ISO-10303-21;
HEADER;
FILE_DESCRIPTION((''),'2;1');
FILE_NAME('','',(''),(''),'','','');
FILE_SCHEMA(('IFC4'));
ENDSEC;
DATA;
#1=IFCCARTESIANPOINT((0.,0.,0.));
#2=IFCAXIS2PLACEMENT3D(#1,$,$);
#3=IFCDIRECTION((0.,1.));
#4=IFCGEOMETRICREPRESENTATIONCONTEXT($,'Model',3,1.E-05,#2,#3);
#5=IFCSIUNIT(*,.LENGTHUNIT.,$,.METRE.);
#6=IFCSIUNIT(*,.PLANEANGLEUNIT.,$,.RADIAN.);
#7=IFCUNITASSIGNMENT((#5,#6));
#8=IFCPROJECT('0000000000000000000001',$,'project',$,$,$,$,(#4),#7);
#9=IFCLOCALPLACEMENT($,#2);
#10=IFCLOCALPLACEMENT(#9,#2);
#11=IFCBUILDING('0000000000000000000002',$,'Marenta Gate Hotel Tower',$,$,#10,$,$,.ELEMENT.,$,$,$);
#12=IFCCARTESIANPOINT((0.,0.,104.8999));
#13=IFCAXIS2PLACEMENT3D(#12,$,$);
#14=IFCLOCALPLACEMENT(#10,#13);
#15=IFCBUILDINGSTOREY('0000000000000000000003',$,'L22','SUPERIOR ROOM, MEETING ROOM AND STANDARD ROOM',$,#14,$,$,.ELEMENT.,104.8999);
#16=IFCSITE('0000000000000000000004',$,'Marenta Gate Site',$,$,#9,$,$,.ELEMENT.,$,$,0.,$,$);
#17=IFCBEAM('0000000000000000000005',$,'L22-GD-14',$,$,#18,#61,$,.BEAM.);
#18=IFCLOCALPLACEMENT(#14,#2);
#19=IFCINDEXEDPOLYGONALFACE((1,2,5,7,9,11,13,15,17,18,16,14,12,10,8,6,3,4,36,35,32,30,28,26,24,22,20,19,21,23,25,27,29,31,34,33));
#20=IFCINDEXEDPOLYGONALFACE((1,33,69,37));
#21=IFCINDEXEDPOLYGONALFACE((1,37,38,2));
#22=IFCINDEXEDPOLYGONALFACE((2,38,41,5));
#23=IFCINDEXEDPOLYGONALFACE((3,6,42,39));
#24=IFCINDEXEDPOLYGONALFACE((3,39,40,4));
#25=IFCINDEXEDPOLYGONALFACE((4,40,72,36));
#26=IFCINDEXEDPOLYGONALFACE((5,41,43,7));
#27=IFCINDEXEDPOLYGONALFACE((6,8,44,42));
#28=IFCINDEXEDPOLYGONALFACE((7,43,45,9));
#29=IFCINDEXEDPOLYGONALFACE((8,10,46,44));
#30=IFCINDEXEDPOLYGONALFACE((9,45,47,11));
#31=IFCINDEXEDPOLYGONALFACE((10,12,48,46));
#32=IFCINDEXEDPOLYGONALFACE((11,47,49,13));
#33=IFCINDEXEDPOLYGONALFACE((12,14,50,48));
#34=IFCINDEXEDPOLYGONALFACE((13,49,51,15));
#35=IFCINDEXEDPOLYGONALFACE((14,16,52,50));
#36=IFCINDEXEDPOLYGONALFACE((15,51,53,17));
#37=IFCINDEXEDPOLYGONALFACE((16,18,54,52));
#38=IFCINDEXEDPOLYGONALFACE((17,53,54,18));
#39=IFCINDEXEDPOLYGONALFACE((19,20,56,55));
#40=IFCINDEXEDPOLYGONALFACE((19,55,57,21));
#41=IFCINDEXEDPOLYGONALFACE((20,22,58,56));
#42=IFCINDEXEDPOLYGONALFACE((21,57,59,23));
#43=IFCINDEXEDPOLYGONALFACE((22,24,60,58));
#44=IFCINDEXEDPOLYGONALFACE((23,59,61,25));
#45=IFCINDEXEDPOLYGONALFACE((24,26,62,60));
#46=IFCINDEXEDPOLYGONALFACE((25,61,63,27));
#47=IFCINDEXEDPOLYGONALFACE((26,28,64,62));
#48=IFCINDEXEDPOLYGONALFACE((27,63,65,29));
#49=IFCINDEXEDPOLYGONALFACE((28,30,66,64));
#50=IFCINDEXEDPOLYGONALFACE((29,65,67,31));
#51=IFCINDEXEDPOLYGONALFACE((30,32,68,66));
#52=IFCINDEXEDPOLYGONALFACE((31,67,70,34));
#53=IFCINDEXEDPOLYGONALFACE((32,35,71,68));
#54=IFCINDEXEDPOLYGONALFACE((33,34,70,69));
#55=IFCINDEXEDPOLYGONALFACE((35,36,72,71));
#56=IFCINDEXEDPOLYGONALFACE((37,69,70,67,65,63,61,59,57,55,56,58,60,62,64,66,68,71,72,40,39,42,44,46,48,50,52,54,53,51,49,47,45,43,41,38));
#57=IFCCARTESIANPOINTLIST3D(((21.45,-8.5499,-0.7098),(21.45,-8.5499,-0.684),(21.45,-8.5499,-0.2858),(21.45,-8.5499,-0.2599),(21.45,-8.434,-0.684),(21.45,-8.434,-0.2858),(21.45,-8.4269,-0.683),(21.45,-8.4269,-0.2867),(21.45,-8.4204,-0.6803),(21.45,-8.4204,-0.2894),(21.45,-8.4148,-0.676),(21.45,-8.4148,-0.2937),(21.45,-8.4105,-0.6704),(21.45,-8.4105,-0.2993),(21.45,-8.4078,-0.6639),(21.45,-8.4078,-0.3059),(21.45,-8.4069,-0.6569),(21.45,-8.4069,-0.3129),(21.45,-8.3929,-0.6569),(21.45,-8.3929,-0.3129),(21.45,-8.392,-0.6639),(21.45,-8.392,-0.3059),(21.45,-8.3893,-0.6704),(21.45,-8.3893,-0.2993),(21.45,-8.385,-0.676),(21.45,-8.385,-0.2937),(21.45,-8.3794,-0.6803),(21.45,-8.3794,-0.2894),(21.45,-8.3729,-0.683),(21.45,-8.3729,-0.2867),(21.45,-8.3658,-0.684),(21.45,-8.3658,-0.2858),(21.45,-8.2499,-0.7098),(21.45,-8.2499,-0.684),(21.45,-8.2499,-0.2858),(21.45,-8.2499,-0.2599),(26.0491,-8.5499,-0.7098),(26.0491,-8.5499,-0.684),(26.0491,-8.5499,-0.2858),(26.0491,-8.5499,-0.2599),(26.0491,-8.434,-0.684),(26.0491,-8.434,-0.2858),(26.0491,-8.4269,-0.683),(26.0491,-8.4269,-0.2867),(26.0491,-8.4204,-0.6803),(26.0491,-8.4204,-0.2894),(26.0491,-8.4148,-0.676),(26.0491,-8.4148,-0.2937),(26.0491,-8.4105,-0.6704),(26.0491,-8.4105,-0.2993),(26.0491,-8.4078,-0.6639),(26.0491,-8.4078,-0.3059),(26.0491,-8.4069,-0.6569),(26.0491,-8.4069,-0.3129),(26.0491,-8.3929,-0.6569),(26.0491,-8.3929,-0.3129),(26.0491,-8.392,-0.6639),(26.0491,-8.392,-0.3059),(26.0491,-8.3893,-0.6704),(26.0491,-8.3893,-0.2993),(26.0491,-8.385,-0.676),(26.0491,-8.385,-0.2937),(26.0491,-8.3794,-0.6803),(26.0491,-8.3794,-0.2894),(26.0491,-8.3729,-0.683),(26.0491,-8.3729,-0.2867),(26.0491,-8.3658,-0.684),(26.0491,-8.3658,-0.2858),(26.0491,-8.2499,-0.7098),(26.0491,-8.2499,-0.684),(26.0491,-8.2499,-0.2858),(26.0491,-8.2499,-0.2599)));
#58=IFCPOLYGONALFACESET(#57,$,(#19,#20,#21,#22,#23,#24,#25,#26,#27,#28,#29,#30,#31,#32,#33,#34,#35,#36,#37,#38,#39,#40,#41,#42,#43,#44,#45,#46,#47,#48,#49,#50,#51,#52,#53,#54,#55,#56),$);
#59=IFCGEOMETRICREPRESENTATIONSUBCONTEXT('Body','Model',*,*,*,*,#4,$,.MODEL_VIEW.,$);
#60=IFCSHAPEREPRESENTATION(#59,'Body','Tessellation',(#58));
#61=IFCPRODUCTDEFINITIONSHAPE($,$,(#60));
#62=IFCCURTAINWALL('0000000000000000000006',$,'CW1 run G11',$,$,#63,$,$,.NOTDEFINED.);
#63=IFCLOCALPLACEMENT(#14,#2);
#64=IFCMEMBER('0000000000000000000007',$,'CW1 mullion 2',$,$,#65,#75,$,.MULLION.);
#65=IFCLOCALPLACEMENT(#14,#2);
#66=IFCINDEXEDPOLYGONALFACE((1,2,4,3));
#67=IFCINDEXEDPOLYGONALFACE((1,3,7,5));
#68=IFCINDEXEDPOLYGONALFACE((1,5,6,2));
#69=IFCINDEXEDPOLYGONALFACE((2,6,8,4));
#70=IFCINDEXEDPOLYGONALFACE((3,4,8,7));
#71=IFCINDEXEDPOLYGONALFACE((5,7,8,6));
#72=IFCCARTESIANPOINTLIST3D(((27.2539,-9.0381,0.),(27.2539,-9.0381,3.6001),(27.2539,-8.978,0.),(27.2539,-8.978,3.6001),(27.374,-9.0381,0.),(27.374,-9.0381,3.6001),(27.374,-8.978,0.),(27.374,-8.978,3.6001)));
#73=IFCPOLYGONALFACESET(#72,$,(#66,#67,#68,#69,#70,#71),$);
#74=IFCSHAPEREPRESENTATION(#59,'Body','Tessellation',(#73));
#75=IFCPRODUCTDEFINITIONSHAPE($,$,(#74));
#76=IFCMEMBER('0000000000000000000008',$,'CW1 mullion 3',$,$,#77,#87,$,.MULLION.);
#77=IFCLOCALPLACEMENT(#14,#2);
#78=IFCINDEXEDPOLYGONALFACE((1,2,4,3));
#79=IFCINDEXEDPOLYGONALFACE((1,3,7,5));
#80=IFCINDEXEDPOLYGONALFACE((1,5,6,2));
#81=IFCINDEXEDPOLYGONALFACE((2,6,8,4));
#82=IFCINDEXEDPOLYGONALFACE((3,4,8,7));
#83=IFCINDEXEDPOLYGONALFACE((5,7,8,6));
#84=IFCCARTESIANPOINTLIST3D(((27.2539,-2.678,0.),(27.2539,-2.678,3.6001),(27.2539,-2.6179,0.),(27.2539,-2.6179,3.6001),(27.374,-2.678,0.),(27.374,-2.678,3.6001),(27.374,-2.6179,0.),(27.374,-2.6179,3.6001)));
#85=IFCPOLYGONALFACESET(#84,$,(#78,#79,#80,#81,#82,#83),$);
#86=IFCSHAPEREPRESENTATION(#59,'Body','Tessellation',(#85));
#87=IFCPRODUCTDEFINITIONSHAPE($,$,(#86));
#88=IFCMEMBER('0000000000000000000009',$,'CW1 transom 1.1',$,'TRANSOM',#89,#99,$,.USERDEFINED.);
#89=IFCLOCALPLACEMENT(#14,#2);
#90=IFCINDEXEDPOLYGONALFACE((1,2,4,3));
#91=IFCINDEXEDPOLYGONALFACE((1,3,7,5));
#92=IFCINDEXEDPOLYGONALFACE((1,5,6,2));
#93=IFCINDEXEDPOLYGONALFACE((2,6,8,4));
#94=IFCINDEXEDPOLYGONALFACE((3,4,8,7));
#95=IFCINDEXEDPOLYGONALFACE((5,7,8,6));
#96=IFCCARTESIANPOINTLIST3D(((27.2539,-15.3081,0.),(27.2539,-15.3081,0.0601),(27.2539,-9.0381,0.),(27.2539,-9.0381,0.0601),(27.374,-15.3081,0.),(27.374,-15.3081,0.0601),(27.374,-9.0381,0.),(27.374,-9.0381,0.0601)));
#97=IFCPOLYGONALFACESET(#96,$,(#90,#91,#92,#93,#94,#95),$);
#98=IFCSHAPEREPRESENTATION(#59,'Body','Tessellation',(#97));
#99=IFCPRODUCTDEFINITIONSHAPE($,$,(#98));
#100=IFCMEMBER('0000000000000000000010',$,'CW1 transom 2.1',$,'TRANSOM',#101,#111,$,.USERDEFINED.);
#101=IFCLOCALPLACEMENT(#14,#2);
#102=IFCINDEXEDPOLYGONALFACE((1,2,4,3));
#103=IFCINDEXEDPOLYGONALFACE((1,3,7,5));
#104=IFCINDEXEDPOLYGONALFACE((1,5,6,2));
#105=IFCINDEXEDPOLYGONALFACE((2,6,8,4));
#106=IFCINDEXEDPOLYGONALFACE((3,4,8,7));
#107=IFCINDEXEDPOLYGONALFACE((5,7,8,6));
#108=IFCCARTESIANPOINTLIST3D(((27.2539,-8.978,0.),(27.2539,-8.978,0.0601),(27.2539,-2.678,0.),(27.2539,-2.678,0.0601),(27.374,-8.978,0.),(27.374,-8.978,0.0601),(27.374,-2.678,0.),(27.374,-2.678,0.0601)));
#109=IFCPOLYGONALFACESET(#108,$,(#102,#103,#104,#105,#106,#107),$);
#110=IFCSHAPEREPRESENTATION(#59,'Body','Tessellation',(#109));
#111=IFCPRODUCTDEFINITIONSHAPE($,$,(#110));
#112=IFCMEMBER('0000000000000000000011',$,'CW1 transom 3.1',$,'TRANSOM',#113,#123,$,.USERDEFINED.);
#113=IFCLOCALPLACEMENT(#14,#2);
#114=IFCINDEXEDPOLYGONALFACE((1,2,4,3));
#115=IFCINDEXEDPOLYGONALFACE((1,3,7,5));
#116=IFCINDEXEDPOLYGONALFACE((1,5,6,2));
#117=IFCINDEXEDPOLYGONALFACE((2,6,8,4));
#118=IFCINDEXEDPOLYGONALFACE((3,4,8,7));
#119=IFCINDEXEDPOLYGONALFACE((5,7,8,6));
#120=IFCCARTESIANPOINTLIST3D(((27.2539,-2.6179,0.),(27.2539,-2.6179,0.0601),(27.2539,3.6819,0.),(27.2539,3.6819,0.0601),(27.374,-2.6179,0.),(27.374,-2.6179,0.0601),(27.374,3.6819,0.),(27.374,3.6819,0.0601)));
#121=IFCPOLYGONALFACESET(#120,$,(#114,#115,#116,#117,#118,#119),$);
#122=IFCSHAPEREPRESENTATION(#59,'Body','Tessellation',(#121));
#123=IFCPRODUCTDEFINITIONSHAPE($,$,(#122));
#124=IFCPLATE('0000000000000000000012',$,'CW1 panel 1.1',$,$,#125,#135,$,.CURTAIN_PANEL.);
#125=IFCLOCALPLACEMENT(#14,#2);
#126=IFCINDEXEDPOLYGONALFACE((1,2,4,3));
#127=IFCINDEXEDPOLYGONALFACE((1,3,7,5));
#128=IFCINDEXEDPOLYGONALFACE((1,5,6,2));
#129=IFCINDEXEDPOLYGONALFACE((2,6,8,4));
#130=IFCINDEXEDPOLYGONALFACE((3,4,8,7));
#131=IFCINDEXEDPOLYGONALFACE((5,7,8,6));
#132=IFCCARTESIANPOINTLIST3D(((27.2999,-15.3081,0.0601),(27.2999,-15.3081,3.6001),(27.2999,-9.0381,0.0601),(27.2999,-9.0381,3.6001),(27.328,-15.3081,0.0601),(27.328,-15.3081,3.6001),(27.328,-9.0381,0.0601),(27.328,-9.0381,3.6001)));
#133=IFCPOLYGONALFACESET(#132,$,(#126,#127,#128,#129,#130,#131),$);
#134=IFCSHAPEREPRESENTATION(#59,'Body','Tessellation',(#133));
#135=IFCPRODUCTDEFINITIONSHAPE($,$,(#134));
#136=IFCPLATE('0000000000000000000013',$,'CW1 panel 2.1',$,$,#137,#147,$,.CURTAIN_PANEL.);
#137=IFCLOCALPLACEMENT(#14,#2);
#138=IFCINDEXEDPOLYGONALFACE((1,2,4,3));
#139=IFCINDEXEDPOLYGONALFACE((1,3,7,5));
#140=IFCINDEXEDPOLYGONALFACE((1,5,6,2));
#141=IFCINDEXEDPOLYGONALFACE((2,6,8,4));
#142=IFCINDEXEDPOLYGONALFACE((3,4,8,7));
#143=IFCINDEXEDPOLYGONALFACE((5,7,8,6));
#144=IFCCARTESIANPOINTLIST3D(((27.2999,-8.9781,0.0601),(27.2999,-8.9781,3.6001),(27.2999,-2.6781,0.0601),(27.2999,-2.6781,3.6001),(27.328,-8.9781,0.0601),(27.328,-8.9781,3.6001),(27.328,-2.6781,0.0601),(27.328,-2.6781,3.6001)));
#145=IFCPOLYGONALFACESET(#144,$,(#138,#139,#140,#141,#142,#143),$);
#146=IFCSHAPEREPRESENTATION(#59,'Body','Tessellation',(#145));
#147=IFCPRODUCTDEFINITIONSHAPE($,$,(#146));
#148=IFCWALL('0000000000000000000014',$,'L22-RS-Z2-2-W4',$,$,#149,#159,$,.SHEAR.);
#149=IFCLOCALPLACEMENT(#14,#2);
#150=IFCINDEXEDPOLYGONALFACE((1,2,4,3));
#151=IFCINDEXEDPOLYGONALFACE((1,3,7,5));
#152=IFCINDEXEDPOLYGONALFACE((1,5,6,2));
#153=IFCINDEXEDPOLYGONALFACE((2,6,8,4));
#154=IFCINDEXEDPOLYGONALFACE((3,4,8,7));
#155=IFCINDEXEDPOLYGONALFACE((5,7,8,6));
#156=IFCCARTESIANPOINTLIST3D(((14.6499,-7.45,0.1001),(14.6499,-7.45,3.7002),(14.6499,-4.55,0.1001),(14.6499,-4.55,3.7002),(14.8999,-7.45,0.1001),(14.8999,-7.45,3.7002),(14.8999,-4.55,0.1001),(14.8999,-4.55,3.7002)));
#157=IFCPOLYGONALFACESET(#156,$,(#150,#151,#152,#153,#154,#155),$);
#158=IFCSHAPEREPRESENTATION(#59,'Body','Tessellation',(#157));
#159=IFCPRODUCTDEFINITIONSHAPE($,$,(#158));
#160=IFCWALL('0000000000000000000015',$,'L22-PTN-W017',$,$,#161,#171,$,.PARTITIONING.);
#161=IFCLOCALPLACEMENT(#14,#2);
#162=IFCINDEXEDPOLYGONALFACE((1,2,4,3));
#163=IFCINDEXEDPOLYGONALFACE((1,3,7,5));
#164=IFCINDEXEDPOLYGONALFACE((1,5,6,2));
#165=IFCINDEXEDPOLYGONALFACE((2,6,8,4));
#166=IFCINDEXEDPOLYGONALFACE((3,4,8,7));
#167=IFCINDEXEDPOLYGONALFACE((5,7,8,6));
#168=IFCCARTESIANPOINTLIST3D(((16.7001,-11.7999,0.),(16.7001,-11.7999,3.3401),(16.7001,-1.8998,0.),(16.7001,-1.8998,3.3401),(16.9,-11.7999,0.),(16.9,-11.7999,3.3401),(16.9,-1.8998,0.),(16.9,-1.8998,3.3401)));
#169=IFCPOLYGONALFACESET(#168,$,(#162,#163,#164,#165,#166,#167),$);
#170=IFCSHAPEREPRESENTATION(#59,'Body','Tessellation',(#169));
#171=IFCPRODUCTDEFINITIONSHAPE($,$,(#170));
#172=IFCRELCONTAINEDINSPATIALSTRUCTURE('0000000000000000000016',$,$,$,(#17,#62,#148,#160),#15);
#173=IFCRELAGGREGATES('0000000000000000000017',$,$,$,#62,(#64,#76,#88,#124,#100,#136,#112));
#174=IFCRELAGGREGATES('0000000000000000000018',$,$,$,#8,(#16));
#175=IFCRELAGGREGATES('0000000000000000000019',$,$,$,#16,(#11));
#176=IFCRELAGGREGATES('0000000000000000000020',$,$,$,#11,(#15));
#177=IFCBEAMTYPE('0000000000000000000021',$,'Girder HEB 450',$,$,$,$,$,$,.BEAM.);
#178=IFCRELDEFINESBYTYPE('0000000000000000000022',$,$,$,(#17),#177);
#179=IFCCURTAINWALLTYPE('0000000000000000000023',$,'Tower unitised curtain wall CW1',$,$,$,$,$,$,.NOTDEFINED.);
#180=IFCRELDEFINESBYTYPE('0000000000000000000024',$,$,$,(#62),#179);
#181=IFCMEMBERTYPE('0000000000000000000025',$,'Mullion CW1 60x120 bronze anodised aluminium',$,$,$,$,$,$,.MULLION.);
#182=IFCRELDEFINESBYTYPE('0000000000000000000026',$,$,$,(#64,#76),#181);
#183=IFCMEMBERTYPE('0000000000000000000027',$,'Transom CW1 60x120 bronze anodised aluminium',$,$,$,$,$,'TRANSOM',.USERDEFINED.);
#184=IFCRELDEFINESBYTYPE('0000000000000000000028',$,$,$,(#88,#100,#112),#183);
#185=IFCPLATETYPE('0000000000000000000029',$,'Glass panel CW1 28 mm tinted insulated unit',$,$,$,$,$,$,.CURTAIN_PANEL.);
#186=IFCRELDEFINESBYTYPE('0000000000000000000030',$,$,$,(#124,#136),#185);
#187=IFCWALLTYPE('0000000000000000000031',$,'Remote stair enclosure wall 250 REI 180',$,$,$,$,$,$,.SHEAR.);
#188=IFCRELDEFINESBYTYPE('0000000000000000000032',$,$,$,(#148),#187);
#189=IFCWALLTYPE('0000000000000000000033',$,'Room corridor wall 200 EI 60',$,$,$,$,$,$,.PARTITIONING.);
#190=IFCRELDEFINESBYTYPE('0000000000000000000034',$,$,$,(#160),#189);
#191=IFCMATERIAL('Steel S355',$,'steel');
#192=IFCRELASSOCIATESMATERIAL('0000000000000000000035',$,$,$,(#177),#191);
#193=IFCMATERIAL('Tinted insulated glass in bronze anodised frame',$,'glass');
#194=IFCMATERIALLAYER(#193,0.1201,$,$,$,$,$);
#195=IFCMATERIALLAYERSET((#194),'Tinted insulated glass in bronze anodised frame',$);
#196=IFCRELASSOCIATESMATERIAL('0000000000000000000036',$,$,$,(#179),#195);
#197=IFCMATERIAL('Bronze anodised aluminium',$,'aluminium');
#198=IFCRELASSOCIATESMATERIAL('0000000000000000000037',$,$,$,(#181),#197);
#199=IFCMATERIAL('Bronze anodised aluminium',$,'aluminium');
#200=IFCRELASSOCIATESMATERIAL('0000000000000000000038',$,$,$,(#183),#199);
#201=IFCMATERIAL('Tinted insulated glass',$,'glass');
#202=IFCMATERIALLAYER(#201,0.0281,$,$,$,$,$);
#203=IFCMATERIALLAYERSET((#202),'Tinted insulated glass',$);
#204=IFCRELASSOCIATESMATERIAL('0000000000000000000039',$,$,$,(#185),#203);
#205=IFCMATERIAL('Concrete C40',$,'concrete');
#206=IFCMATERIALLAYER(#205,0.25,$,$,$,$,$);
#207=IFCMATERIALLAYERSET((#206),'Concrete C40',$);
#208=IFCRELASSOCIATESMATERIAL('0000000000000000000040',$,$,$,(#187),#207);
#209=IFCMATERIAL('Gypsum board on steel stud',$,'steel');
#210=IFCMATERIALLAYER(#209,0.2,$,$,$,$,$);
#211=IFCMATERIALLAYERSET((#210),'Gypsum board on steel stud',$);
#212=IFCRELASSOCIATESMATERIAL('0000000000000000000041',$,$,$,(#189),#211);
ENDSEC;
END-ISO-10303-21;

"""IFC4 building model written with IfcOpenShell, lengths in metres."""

from ifc_helpers import new_model, si_unit, direction, frame, frame_2d, origin, origin_2d, place, context, subcontext, project, spatial, rectangle, i_section, extrude, material, layer, layer_set, material_profile, profile_set, type_object, element, aggregate, save


model = new_model("IFC4")

# Units and contexts
model_context = context("Model", 3, precision=1e-05, world=origin(), true_north=direction((0.0, 1.0)))
body_context = subcontext(model_context, "Body", "Model", "MODEL_VIEW")
ifc_project = project(units=[si_unit("LENGTHUNIT", "METRE"), si_unit("PLANEANGLEUNIT", "RADIAN")], contexts=[model_context])

# Site, building, storey
site_placement = place(None, origin())
site = spatial("IfcSite", under=ifc_project, at=site_placement, Name="Marenta Gate Site", CompositionType="ELEMENT", RefElevation=0.0)
building_placement = place(site_placement, origin())
building = spatial("IfcBuilding", under=site, at=building_placement, Name="Marenta Gate Hotel Tower", CompositionType="ELEMENT")
storey_placement = place(building_placement, frame((0.0, 0.0, 104.8999)))
storey = spatial("IfcBuildingStorey", under=building, at=storey_placement, Name="L22", Description="SUPERIOR ROOM, MEETING ROOM AND STANDARD ROOM", CompositionType="ELEMENT", Elevation=104.8999)

# Beam
ifc_material_1 = material(Name="Steel S355", Category="steel")
ifc_material_profile_1 = material_profile(ifc_material_1, i_section(OverallWidth=0.3, OverallDepth=0.45, WebThickness=0.0139, FlangeThickness=0.0259, FilletRadius=0.0271, at=origin_2d()), Name="HEB 450")
ifc_profile_set_1 = profile_set([ifc_material_profile_1], Name="Steel S355")
beam_type_1 = type_object("IfcBeamType", Name="Girder HEB 450", PredefinedType="BEAM", material=ifc_profile_set_1)
beam_1_placement = place(storey_placement, frame((21.45, -8.3999, -0.4849), z_axis=(1.0, 0.0, 0.0), x_axis=(0.0, 1.0, 0.0)))
element("IfcBeam", 1, at=beam_1_placement, inside=storey, type_object=beam_type_1, Name="L22-GD-14", PredefinedType="BEAM", context=body_context, shape_type="SweptSolid", body=[
    extrude(i_section(OverallWidth=0.3, OverallDepth=0.45, WebThickness=0.0139, FlangeThickness=0.0259, FilletRadius=0.0271, at=origin_2d()), origin(), (0.0, 0.0, 1.0), 4.5991),
])

# Curtain wall, members, plates
ifc_material_2 = material(Name="Tinted insulated glass in bronze anodised frame", Category="glass")
ifc_layer_1 = layer(ifc_material_2, 0.1201)
ifc_layer_set_1 = layer_set([ifc_layer_1], Name="Tinted insulated glass in bronze anodised frame")
curtain_wall_type = type_object("IfcCurtainWallType", Name="Tower unitised curtain wall CW1", PredefinedType="NOTDEFINED", material=ifc_layer_set_1)
curtain_wall_placement = place(storey_placement, origin())
curtain_wall = element("IfcCurtainWall", 2, at=curtain_wall_placement, inside=storey, type_object=curtain_wall_type, Name="CW1 run G11", PredefinedType="NOTDEFINED")
ifc_material_3 = material(Name="Bronze anodised aluminium", Category="aluminium")
ifc_material_profile_2 = material_profile(ifc_material_3, rectangle(XDim=0.1201, YDim=0.0601, at=origin_2d()), Name="Mullion CW1 60x120 bronze anodised aluminium")
ifc_profile_set_2 = profile_set([ifc_material_profile_2], Name="Bronze anodised aluminium")
member_type_1 = type_object("IfcMemberType", Name="Mullion CW1 60x120 bronze anodised aluminium", PredefinedType="MULLION", material=ifc_profile_set_2)
member_1_placement = place(storey_placement, frame((27.314, -9.0081, 0.0), z_axis=(0.0, 0.0, 1.0), x_axis=(-1.0, 0.0, 0.0)))
member_1 = element("IfcMember", 3, at=member_1_placement, type_object=member_type_1, Name="CW1 mullion 2", PredefinedType="MULLION", context=body_context, shape_type="SweptSolid", body=[
    extrude(rectangle(XDim=0.1201, YDim=0.0601, at=origin_2d()), origin(), (0.0, 0.0, 1.0), 3.6001),
])
member_2_placement = place(storey_placement, frame((27.314, -2.6479, 0.0), z_axis=(0.0, 0.0, 1.0), x_axis=(-1.0, 0.0, 0.0)))
member_2 = element("IfcMember", 4, at=member_2_placement, type_object=member_type_1, Name="CW1 mullion 3", PredefinedType="MULLION", context=body_context, shape_type="SweptSolid", body=[
    extrude(rectangle(XDim=0.1201, YDim=0.0601, at=origin_2d()), origin(), (0.0, 0.0, 1.0), 3.6001),
])
ifc_material_4 = material(Name="Bronze anodised aluminium", Category="aluminium")
ifc_material_profile_3 = material_profile(ifc_material_4, rectangle(XDim=0.1201, YDim=0.0601, at=origin_2d()), Name="Transom CW1 60x120 bronze anodised aluminium")
ifc_profile_set_3 = profile_set([ifc_material_profile_3], Name="Bronze anodised aluminium")
member_type_2 = type_object("IfcMemberType", Name="Transom CW1 60x120 bronze anodised aluminium", ElementType="TRANSOM", PredefinedType="USERDEFINED", material=ifc_profile_set_3)
member_3_placement = place(storey_placement, frame((27.314, -15.3081, 0.03), z_axis=(0.0, 1.0, 0.0), x_axis=(-1.0, 0.0, 0.0)))
member_3 = element("IfcMember", 5, at=member_3_placement, type_object=member_type_2, Name="CW1 transom 1.1", ObjectType="TRANSOM", PredefinedType="USERDEFINED", context=body_context, shape_type="SweptSolid", body=[
    extrude(rectangle(XDim=0.1201, YDim=0.0601, at=origin_2d()), origin(), (0.0, 0.0, 1.0), 6.27),
])
member_4_placement = place(storey_placement, frame((27.314, -8.978, 0.03), z_axis=(0.0, 1.0, 0.0), x_axis=(-1.0, 0.0, 0.0)))
member_4 = element("IfcMember", 6, at=member_4_placement, type_object=member_type_2, Name="CW1 transom 2.1", ObjectType="TRANSOM", PredefinedType="USERDEFINED", context=body_context, shape_type="SweptSolid", body=[
    extrude(rectangle(XDim=0.1201, YDim=0.0601, at=origin_2d()), origin(), (0.0, 0.0, 1.0), 6.3),
])
member_5_placement = place(storey_placement, frame((27.314, -2.6179, 0.03), z_axis=(0.0, 1.0, 0.0), x_axis=(-1.0, 0.0, 0.0)))
member_5 = element("IfcMember", 7, at=member_5_placement, type_object=member_type_2, Name="CW1 transom 3.1", ObjectType="TRANSOM", PredefinedType="USERDEFINED", context=body_context, shape_type="SweptSolid", body=[
    extrude(rectangle(XDim=0.1201, YDim=0.0601, at=origin_2d()), origin(), (0.0, 0.0, 1.0), 6.2998),
])
ifc_material_5 = material(Name="Tinted insulated glass", Category="glass")
ifc_layer_2 = layer(ifc_material_5, 0.0281)
ifc_layer_set_2 = layer_set([ifc_layer_2], Name="Tinted insulated glass")
plate_type = type_object("IfcPlateType", Name="Glass panel CW1 28 mm tinted insulated unit", PredefinedType="CURTAIN_PANEL", material=ifc_layer_set_2)
plate_1_placement = place(storey_placement, frame((27.314, -12.1731, 0.0601), z_axis=(0.0, 0.0, 1.0), x_axis=(0.0, 1.0, 0.0)))
plate_1 = element("IfcPlate", 8, at=plate_1_placement, type_object=plate_type, Name="CW1 panel 1.1", PredefinedType="CURTAIN_PANEL", context=body_context, shape_type="SweptSolid", body=[
    extrude(rectangle(XDim=6.27, YDim=0.0281, at=origin_2d()), origin(), (0.0, 0.0, 1.0), 3.54),
])
plate_2_placement = place(storey_placement, frame((27.314, -5.8281, 0.0601), z_axis=(0.0, 0.0, 1.0), x_axis=(0.0, 1.0, 0.0)))
plate_2 = element("IfcPlate", 9, at=plate_2_placement, type_object=plate_type, Name="CW1 panel 2.1", PredefinedType="CURTAIN_PANEL", context=body_context, shape_type="SweptSolid", body=[
    extrude(rectangle(XDim=6.3, YDim=0.0281, at=origin_2d()), origin(), (0.0, 0.0, 1.0), 3.54),
])
aggregate(curtain_wall, [member_1, member_2, member_3, plate_1, member_4, plate_2, member_5])

# Walls
ifc_material_6 = material(Name="Concrete C40", Category="concrete")
ifc_layer_3 = layer(ifc_material_6, 0.25)
ifc_layer_set_3 = layer_set([ifc_layer_3], Name="Concrete C40")
wall_type_1 = type_object("IfcWallType", Name="Remote stair enclosure wall 250 REI 180", PredefinedType="SHEAR", material=ifc_layer_set_3)
wall_1_placement = place(storey_placement, frame((14.7749, -7.45, 0.1001), z_axis=(0.0, 0.0, 1.0), x_axis=(0.0, 1.0, 0.0)))
element("IfcWall", 10, at=wall_1_placement, inside=storey, type_object=wall_type_1, Name="L22-RS-Z2-2-W4", PredefinedType="SHEAR", context=body_context, shape_type="SweptSolid", body=[
    extrude(rectangle(XDim=2.8999, YDim=0.25, at=frame_2d((1.45, 0.0))), origin(), (0.0, 0.0, 1.0), 3.6001),
])
ifc_material_7 = material(Name="Gypsum board on steel stud", Category="steel")
ifc_layer_4 = layer(ifc_material_7, 0.2)
ifc_layer_set_4 = layer_set([ifc_layer_4], Name="Gypsum board on steel stud")
wall_type_2 = type_object("IfcWallType", Name="Room corridor wall 200 EI 60", PredefinedType="PARTITIONING", material=ifc_layer_set_4)
wall_2_placement = place(storey_placement, frame((16.8, -11.8, 0.0), z_axis=(0.0, 0.0, 1.0), x_axis=(0.0, 1.0, 0.0)))
element("IfcWall", 11, at=wall_2_placement, inside=storey, type_object=wall_type_2, Name="L22-PTN-W017", PredefinedType="PARTITIONING", context=body_context, shape_type="SweptSolid", body=[
    extrude(rectangle(XDim=9.9001, YDim=0.2, at=frame_2d((4.9502, 0.0))), origin(), (0.0, 0.0, 1.0), 3.3401),
])

save(model, "model.ifc")
